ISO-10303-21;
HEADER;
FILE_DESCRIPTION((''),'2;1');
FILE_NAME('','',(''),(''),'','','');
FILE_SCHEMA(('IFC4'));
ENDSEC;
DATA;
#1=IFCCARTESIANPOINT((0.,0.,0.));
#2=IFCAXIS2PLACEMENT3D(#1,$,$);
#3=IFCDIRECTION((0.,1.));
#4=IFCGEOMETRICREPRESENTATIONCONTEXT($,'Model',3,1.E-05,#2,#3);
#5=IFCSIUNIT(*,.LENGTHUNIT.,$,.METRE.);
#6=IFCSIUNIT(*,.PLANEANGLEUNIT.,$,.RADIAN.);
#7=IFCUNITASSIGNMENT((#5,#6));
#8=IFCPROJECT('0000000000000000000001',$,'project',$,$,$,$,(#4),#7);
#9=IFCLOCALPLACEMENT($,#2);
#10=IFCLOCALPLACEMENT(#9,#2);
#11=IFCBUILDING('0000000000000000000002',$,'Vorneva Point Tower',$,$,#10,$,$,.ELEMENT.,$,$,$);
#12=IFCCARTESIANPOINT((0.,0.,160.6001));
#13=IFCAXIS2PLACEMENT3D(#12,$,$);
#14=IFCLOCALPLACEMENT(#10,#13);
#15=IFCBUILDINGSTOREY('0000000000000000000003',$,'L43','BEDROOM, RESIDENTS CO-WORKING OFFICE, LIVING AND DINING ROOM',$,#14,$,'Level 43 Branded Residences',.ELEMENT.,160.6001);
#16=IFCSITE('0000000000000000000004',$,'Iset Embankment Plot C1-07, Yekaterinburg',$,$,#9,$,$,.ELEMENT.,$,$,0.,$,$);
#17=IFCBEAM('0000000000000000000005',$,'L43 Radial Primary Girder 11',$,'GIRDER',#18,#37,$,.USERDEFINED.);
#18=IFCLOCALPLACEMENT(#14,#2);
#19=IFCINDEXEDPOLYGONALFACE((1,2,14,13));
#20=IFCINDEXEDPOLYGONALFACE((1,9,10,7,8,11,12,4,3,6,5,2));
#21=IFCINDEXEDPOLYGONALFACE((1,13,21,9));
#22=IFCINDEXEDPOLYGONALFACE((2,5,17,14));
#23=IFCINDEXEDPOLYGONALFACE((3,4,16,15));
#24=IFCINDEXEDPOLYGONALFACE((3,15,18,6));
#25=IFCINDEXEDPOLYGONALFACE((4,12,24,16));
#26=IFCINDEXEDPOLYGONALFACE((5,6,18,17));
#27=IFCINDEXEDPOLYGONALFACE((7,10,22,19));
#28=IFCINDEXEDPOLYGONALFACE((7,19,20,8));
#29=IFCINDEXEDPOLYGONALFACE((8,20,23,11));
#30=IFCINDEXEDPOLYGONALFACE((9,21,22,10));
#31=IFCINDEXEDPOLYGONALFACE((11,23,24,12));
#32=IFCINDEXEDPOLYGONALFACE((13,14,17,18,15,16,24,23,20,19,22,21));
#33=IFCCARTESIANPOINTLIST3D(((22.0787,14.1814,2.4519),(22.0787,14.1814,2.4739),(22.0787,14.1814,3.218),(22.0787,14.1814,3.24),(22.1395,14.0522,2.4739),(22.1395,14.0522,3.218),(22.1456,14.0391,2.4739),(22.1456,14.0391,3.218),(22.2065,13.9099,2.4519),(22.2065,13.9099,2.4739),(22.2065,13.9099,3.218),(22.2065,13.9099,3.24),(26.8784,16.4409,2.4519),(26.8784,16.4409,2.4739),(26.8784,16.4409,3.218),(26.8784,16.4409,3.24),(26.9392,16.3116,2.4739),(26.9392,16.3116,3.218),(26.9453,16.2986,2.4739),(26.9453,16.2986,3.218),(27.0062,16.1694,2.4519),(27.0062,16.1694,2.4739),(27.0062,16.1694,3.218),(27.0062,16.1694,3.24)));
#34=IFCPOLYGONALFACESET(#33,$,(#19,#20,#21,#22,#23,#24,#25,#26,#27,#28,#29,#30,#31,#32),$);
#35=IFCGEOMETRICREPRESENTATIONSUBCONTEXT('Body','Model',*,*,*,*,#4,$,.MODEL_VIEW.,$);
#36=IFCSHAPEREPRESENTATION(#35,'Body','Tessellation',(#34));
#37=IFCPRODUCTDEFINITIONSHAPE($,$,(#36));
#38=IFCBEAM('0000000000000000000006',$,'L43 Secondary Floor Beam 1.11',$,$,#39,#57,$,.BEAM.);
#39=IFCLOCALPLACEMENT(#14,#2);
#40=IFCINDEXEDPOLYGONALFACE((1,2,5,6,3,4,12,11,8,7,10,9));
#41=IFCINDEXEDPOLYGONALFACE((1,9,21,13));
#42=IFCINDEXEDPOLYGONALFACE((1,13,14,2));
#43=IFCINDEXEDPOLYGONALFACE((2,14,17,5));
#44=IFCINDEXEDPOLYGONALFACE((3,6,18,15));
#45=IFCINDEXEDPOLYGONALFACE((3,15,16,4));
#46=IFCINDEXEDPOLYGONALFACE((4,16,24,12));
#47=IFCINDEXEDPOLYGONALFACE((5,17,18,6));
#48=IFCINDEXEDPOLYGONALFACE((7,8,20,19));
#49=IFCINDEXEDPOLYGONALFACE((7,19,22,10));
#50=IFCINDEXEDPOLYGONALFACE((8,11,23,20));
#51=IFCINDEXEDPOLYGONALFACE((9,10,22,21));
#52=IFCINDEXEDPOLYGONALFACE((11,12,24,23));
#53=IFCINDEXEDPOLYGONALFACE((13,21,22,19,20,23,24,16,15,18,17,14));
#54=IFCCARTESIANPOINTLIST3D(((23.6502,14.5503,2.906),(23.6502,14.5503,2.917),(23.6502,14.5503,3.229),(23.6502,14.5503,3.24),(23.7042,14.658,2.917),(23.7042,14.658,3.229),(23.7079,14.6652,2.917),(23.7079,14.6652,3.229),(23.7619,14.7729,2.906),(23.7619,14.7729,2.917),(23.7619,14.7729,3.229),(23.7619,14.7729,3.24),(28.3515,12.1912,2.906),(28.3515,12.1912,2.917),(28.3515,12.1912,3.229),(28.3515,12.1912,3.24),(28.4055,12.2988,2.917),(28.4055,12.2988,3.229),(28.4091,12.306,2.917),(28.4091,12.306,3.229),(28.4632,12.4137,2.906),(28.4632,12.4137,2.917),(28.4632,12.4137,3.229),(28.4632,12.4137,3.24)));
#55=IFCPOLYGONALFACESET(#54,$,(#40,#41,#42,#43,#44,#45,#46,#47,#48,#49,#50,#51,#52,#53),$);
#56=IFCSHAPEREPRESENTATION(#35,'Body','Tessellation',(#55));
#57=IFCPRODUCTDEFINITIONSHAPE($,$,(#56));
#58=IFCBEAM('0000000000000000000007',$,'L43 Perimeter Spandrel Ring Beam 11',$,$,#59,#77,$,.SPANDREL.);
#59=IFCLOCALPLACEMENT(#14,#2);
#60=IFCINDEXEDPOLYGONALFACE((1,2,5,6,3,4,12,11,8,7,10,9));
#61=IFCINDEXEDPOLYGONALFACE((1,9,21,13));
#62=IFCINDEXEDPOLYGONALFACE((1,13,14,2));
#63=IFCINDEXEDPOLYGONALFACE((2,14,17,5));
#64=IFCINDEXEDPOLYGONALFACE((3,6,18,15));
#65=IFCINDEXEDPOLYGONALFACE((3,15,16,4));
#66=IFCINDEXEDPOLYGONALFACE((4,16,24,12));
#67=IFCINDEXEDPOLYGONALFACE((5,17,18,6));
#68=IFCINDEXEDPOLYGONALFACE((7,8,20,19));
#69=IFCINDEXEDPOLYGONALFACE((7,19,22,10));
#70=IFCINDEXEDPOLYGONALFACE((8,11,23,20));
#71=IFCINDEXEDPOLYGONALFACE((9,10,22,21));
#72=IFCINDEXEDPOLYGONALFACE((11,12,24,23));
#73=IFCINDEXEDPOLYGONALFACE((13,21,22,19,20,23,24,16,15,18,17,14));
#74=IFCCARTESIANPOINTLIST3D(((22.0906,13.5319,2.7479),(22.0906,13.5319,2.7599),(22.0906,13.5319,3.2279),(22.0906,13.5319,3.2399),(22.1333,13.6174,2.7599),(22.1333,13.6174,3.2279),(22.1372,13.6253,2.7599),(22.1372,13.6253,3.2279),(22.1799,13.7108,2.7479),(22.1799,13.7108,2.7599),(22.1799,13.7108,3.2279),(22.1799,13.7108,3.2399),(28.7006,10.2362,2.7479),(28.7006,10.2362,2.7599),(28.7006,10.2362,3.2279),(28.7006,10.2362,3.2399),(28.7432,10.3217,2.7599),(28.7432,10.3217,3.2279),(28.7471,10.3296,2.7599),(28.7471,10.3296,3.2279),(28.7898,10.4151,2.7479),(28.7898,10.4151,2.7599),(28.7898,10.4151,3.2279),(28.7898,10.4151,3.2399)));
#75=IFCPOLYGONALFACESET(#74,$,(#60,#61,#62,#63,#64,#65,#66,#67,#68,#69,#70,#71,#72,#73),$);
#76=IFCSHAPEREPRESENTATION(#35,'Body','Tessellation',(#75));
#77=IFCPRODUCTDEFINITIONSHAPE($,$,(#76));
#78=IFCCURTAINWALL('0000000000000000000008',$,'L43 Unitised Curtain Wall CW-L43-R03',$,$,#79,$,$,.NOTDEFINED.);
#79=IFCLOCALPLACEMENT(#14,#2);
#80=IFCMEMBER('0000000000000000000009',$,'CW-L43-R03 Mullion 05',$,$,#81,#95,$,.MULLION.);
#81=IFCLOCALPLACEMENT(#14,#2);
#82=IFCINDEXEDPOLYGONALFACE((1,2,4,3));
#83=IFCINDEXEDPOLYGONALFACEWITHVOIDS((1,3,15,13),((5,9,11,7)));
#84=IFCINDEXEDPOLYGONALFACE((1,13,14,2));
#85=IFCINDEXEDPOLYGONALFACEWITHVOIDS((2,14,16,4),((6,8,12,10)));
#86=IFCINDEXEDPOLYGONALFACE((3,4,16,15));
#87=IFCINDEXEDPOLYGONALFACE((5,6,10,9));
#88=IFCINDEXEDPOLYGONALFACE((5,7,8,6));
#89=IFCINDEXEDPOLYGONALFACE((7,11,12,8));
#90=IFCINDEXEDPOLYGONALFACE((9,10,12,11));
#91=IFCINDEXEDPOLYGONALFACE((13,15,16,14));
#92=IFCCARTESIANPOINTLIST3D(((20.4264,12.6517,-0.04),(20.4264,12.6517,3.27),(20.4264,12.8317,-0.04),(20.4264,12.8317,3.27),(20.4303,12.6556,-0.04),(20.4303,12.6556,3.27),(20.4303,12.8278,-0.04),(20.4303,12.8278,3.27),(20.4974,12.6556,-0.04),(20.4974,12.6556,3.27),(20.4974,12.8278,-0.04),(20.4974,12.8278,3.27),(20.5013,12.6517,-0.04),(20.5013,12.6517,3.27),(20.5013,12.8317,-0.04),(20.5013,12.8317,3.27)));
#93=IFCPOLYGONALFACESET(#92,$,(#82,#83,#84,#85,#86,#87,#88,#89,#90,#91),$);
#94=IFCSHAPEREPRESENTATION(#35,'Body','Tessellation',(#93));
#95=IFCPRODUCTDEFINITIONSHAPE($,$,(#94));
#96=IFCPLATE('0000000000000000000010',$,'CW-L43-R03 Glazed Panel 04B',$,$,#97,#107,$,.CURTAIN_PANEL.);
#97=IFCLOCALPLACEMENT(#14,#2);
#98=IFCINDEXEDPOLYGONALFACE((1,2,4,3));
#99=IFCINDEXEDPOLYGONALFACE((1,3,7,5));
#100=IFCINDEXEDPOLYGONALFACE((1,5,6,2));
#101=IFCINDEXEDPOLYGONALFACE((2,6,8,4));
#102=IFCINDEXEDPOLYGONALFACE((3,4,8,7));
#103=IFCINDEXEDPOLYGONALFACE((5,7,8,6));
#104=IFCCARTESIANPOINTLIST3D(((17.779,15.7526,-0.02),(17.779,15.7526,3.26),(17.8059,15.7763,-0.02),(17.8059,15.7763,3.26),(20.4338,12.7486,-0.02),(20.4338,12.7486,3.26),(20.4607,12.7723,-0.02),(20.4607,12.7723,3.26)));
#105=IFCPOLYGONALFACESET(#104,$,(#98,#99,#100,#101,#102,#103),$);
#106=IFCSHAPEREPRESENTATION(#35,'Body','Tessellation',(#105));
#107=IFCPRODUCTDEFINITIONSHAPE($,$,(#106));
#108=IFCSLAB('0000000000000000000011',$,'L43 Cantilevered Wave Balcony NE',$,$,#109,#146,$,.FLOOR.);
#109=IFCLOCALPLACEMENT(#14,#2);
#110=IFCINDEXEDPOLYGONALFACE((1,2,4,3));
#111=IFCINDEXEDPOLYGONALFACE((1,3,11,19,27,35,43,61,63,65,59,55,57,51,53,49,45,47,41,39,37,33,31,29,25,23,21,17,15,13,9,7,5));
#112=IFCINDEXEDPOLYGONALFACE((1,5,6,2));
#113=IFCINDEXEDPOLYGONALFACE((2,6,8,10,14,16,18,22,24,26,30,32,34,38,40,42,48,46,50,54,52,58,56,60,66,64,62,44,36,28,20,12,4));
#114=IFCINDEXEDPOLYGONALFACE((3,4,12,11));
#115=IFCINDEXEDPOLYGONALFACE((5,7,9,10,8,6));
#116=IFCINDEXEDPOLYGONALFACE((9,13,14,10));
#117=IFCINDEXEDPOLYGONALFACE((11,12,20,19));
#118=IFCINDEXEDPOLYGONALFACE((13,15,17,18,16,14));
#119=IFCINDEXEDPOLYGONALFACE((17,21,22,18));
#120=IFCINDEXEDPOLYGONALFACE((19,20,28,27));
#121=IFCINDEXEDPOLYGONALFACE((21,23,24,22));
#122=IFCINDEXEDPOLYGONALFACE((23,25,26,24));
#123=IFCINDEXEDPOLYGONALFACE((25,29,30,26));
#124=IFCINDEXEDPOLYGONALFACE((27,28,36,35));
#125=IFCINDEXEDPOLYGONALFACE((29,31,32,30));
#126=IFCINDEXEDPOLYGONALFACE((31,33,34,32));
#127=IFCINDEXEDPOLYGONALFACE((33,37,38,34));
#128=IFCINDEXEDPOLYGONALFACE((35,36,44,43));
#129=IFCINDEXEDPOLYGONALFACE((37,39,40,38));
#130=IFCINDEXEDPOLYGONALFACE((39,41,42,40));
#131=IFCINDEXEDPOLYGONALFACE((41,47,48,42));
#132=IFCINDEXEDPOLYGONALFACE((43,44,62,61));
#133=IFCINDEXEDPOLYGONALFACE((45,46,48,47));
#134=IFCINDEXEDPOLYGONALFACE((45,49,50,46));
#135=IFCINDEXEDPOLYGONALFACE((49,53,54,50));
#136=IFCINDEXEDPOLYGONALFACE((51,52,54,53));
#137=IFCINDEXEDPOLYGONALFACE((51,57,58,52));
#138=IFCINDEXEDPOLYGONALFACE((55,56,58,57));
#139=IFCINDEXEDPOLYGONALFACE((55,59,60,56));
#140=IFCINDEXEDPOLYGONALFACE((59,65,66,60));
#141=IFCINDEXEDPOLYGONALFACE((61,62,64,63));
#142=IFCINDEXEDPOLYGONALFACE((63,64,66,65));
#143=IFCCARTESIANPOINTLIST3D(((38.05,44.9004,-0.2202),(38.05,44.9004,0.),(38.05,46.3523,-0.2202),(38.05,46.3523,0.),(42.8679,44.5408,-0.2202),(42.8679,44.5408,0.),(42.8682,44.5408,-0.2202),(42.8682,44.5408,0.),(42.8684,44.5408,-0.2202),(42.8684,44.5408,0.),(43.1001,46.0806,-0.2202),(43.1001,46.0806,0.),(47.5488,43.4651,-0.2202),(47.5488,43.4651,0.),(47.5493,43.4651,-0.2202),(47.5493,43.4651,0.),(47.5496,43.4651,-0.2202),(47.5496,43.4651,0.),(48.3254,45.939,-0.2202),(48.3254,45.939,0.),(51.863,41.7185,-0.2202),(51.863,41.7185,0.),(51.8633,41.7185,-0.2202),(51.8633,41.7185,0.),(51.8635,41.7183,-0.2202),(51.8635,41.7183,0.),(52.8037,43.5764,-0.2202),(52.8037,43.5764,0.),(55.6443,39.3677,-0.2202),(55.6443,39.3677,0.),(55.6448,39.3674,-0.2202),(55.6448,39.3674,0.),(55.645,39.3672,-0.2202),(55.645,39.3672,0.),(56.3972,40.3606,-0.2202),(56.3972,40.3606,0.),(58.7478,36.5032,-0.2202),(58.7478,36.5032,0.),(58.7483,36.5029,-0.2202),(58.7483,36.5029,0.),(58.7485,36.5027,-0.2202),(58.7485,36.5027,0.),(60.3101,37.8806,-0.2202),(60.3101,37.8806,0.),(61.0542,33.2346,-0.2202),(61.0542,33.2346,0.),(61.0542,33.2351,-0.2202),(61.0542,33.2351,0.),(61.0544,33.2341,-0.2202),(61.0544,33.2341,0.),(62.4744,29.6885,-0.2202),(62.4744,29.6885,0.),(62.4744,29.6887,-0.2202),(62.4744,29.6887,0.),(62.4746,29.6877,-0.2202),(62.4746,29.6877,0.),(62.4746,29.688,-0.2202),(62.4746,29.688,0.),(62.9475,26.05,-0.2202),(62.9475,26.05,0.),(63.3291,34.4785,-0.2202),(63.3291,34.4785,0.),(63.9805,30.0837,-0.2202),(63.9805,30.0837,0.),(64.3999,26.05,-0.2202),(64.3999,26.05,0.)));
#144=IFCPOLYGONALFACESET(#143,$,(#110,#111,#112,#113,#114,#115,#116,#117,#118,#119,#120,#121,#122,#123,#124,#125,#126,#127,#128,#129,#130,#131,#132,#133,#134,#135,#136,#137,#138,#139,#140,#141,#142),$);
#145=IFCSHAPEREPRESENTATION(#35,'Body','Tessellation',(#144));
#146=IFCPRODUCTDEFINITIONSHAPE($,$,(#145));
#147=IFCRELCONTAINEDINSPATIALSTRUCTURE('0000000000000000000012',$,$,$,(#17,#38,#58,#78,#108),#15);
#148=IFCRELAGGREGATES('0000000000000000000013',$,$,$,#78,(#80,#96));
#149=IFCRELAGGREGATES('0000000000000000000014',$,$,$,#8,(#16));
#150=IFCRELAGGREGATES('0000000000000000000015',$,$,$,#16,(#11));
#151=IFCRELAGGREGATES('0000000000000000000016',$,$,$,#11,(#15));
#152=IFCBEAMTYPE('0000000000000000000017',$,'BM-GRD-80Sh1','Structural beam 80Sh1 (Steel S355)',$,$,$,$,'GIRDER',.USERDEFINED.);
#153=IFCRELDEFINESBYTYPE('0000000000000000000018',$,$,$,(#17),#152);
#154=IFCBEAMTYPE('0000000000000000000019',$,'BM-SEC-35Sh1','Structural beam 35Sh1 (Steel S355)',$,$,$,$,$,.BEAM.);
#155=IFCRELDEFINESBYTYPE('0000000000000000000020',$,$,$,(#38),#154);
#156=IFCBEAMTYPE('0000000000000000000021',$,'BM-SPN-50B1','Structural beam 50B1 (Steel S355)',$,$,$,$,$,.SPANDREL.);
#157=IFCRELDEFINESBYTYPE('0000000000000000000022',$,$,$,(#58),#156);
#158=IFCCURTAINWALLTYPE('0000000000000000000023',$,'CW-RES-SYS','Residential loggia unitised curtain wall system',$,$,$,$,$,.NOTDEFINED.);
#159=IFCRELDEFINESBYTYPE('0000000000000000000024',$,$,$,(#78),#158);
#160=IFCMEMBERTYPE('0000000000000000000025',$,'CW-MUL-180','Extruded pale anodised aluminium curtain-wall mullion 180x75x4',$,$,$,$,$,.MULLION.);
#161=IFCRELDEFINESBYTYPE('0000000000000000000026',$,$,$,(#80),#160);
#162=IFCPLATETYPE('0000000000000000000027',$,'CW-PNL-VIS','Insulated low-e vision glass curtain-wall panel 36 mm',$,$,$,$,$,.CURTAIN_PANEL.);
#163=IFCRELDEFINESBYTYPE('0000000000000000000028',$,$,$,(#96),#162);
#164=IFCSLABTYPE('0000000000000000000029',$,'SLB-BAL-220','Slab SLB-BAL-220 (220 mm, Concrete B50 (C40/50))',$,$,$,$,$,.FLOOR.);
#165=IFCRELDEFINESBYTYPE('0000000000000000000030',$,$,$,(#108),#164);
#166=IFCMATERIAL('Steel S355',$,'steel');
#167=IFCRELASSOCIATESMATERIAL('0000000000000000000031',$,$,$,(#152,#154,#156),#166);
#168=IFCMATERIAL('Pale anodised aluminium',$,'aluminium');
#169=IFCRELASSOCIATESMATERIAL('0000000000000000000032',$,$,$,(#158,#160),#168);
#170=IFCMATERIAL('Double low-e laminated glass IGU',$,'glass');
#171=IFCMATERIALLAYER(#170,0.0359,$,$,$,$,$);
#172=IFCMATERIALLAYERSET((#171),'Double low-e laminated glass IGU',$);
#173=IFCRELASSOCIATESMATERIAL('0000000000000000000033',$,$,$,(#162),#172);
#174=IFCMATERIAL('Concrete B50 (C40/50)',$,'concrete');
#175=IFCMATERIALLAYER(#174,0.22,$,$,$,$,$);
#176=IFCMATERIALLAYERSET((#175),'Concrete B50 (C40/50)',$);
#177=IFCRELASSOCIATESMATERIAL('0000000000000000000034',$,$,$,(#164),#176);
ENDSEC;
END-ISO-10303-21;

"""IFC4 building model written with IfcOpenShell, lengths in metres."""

from ifc_helpers import new_model, si_unit, direction, frame, origin, origin_2d, place, context, subcontext, project, spatial, polyline, rectangle, hollow_rectangle, i_section, outline, extrude, material, layer, layer_set, material_profile, profile_set, type_object, element, aggregate, save


model = new_model("IFC4")

# Units and contexts
model_context = context("Model", 3, precision=1e-05, world=origin(), true_north=direction((0.0, 1.0)))
body_context = subcontext(model_context, "Body", "Model", "MODEL_VIEW")
ifc_project = project(units=[si_unit("LENGTHUNIT", "METRE"), si_unit("PLANEANGLEUNIT", "RADIAN")], contexts=[model_context])

# Site, building, storey
site_placement = place(None, origin())
site = spatial("IfcSite", under=ifc_project, at=site_placement, Name="Iset Embankment Plot C1-07, Yekaterinburg", CompositionType="ELEMENT", RefElevation=0.0)
building_placement = place(site_placement, origin())
building = spatial("IfcBuilding", under=site, at=building_placement, Name="Vorneva Point Tower", CompositionType="ELEMENT")
storey_placement = place(building_placement, frame((0.0, 0.0, 160.6001)))
storey = spatial("IfcBuildingStorey", under=building, at=storey_placement, Name="L43", Description="BEDROOM, RESIDENTS CO-WORKING OFFICE, LIVING AND DINING ROOM", LongName="Level 43 Branded Residences", CompositionType="ELEMENT", Elevation=160.6001)

# Beams
ifc_material_1 = material(Name="Steel S355", Category="steel")
ifc_material_profile_1 = material_profile(ifc_material_1, i_section(OverallWidth=0.3, OverallDepth=0.7881, WebThickness=0.0144, FlangeThickness=0.022, at=origin_2d()), Name="80Sh1")
ifc_profile_set_1 = profile_set([ifc_material_profile_1], Name="Steel S355")
beam_type_1 = type_object("IfcBeamType", Name="BM-GRD-80Sh1", Description="Structural beam 80Sh1 (Steel S355)", ElementType="GIRDER", PredefinedType="USERDEFINED", material=ifc_profile_set_1)
beam_1_placement = place(storey_placement, frame((22.1426, 14.0457, 2.8459), z_axis=(0.904761, 0.425919, 0.0), x_axis=(-0.425919, 0.904761, 0.0)))
element("IfcBeam", 1, at=beam_1_placement, inside=storey, type_object=beam_type_1, Name="L43 Radial Primary Girder 11", ObjectType="GIRDER", PredefinedType="USERDEFINED", context=body_context, shape_type="SweptSolid", body=[
    extrude(i_section(OverallWidth=0.3, OverallDepth=0.7881, WebThickness=0.0144, FlangeThickness=0.022, at=origin_2d()), origin(), (0.0, 0.0, 1.0), 5.3049),
])
ifc_material_profile_2 = material_profile(ifc_material_1, i_section(OverallWidth=0.249, OverallDepth=0.334, WebThickness=0.0081, FlangeThickness=0.011, at=origin_2d()), Name="35Sh1")
ifc_profile_set_2 = profile_set([ifc_material_profile_2], Name="Steel S355")
beam_type_2 = type_object("IfcBeamType", Name="BM-SEC-35Sh1", Description="Structural beam 35Sh1 (Steel S355)", PredefinedType="BEAM", material=ifc_profile_set_2)
beam_2_placement = place(storey_placement, frame((23.7061, 14.6616, 3.073), z_axis=(0.893776, -0.448513, 0.0), x_axis=(0.448513, 0.893776, 0.0)))
element("IfcBeam", 2, at=beam_2_placement, inside=storey, type_object=beam_type_2, Name="L43 Secondary Floor Beam 1.11", PredefinedType="BEAM", context=body_context, shape_type="SweptSolid", body=[
    extrude(i_section(OverallWidth=0.249, OverallDepth=0.334, WebThickness=0.0081, FlangeThickness=0.011, at=origin_2d()), origin(), (0.0, 0.0, 1.0), 5.26),
])
ifc_material_profile_3 = material_profile(ifc_material_1, i_section(OverallWidth=0.2, OverallDepth=0.4919, WebThickness=0.0088, FlangeThickness=0.012, at=origin_2d()), Name="50B1")
ifc_profile_set_3 = profile_set([ifc_material_profile_3], Name="Steel S355")
beam_type_3 = type_object("IfcBeamType", Name="BM-SPN-50B1", Description="Structural beam 50B1 (Steel S355)", PredefinedType="SPANDREL", material=ifc_profile_set_3)
beam_3_placement = place(storey_placement, frame((22.1353, 13.6213, 2.9939), z_axis=(0.894929, -0.446208, 0.0), x_axis=(0.446208, 0.894929, 0.0)))
element("IfcBeam", 3, at=beam_3_placement, inside=storey, type_object=beam_type_3, Name="L43 Perimeter Spandrel Ring Beam 11", PredefinedType="SPANDREL", context=body_context, shape_type="SweptSolid", body=[
    extrude(i_section(OverallWidth=0.2, OverallDepth=0.4919, WebThickness=0.0088, FlangeThickness=0.012, at=origin_2d()), origin(), (0.0, 0.0, 1.0), 7.386),
])

# Curtain wall, member, plate
ifc_material_2 = material(Name="Pale anodised aluminium", Category="aluminium")
curtain_wall_type = type_object("IfcCurtainWallType", Name="CW-RES-SYS", Description="Residential loggia unitised curtain wall system", PredefinedType="NOTDEFINED", material=ifc_material_2)
curtain_wall_placement = place(storey_placement, origin())
curtain_wall = element("IfcCurtainWall", 4, at=curtain_wall_placement, inside=storey, type_object=curtain_wall_type, Name="L43 Unitised Curtain Wall CW-L43-R03", PredefinedType="NOTDEFINED")
ifc_material_profile_4 = material_profile(ifc_material_2, hollow_rectangle(XDim=0.075, YDim=0.1799, WallThickness=0.0039, at=origin_2d()), Name="AL-MUL 180x75x4")
ifc_profile_set_4 = profile_set([ifc_material_profile_4], Name="Pale anodised aluminium")
member_type = type_object("IfcMemberType", Name="CW-MUL-180", Description="Extruded pale anodised aluminium curtain-wall mullion 180x75x4", PredefinedType="MULLION", material=ifc_profile_set_4)
member_placement = place(storey_placement, frame((20.4639, 12.7417, -0.04), z_axis=(0.0, 0.0, 1.0), x_axis=(1.0, 0.0, 0.0)))
member = element("IfcMember", 5, at=member_placement, type_object=member_type, Name="CW-L43-R03 Mullion 05", PredefinedType="MULLION", context=body_context, shape_type="SweptSolid", body=[
    extrude(hollow_rectangle(XDim=0.075, YDim=0.1799, WallThickness=0.0039, at=origin_2d()), origin(), (0.0, 0.0, 1.0), 3.3101),
])
ifc_material_3 = material(Name="Double low-e laminated glass IGU", Category="glass")
ifc_layer_1 = layer(ifc_material_3, 0.0359)
ifc_layer_set_1 = layer_set([ifc_layer_1], Name="Double low-e laminated glass IGU")
plate_type = type_object("IfcPlateType", Name="CW-PNL-VIS", Description="Insulated low-e vision glass curtain-wall panel 36 mm", PredefinedType="CURTAIN_PANEL", material=ifc_layer_set_1)
plate_placement = place(storey_placement, frame((19.1199, 14.2625, -0.02), z_axis=(0.0, 0.0, 1.0), x_axis=(0.662215, -0.749314, 0.0)))
plate = element("IfcPlate", 6, at=plate_placement, type_object=plate_type, Name="CW-L43-R03 Glazed Panel 04B", PredefinedType="CURTAIN_PANEL", context=body_context, shape_type="SweptSolid", body=[
    extrude(rectangle(XDim=4.009, YDim=0.0359, at=origin_2d()), origin(), (0.0, 0.0, 1.0), 3.28),
])
aggregate(curtain_wall, [member, plate])

# Slab
ifc_material_4 = material(Name="Concrete B50 (C40/50)", Category="concrete")
ifc_layer_2 = layer(ifc_material_4, 0.22)
ifc_layer_set_2 = layer_set([ifc_layer_2], Name="Concrete B50 (C40/50)")
slab_type_1 = type_object("IfcSlabType", Name="SLB-BAL-220", Description="Slab SLB-BAL-220 (220 mm, Concrete B50 (C40/50))", PredefinedType="FLOOR", material=ifc_layer_set_2)
slab_1_placement = place(storey_placement, frame((0.0, 0.0, -0.2202)))
element("IfcSlab", 7, at=slab_1_placement, inside=storey, type_object=slab_type_1, Name="L43 Cantilevered Wave Balcony NE", PredefinedType="FLOOR", context=body_context, shape_type="SweptSolid", body=[
    extrude(outline(polyline([(38.05, 46.3523), (38.05, 44.9004), (42.8679, 44.5408), (42.8682, 44.5408), (42.8684, 44.5408), (47.5488, 43.4651), (47.5493, 43.4651), (47.5496, 43.4651), (51.863, 41.7185), (51.8633, 41.7185), (51.8635, 41.7183), (55.6443, 39.3677), (55.6448, 39.3674), (55.645, 39.3672), (58.7478, 36.5032), (58.7483, 36.5029), (58.7485, 36.5027), (61.0542, 33.2351), (61.0542, 33.2346), (61.0544, 33.2341), (62.4744, 29.6887), (62.4744, 29.6885), (62.4746, 29.688), (62.4746, 29.6877), (62.9475, 26.05), (64.3999, 26.05), (63.9805, 30.0837), (63.3291, 34.4785), (60.3101, 37.8806), (56.3972, 40.3606), (52.8037, 43.5764), (48.3254, 45.939), (43.1001, 46.0806), (38.05, 46.3523)])), origin(), (0.0, 0.0, 1.0), 0.2202),
])

save(model, "model.ifc")
